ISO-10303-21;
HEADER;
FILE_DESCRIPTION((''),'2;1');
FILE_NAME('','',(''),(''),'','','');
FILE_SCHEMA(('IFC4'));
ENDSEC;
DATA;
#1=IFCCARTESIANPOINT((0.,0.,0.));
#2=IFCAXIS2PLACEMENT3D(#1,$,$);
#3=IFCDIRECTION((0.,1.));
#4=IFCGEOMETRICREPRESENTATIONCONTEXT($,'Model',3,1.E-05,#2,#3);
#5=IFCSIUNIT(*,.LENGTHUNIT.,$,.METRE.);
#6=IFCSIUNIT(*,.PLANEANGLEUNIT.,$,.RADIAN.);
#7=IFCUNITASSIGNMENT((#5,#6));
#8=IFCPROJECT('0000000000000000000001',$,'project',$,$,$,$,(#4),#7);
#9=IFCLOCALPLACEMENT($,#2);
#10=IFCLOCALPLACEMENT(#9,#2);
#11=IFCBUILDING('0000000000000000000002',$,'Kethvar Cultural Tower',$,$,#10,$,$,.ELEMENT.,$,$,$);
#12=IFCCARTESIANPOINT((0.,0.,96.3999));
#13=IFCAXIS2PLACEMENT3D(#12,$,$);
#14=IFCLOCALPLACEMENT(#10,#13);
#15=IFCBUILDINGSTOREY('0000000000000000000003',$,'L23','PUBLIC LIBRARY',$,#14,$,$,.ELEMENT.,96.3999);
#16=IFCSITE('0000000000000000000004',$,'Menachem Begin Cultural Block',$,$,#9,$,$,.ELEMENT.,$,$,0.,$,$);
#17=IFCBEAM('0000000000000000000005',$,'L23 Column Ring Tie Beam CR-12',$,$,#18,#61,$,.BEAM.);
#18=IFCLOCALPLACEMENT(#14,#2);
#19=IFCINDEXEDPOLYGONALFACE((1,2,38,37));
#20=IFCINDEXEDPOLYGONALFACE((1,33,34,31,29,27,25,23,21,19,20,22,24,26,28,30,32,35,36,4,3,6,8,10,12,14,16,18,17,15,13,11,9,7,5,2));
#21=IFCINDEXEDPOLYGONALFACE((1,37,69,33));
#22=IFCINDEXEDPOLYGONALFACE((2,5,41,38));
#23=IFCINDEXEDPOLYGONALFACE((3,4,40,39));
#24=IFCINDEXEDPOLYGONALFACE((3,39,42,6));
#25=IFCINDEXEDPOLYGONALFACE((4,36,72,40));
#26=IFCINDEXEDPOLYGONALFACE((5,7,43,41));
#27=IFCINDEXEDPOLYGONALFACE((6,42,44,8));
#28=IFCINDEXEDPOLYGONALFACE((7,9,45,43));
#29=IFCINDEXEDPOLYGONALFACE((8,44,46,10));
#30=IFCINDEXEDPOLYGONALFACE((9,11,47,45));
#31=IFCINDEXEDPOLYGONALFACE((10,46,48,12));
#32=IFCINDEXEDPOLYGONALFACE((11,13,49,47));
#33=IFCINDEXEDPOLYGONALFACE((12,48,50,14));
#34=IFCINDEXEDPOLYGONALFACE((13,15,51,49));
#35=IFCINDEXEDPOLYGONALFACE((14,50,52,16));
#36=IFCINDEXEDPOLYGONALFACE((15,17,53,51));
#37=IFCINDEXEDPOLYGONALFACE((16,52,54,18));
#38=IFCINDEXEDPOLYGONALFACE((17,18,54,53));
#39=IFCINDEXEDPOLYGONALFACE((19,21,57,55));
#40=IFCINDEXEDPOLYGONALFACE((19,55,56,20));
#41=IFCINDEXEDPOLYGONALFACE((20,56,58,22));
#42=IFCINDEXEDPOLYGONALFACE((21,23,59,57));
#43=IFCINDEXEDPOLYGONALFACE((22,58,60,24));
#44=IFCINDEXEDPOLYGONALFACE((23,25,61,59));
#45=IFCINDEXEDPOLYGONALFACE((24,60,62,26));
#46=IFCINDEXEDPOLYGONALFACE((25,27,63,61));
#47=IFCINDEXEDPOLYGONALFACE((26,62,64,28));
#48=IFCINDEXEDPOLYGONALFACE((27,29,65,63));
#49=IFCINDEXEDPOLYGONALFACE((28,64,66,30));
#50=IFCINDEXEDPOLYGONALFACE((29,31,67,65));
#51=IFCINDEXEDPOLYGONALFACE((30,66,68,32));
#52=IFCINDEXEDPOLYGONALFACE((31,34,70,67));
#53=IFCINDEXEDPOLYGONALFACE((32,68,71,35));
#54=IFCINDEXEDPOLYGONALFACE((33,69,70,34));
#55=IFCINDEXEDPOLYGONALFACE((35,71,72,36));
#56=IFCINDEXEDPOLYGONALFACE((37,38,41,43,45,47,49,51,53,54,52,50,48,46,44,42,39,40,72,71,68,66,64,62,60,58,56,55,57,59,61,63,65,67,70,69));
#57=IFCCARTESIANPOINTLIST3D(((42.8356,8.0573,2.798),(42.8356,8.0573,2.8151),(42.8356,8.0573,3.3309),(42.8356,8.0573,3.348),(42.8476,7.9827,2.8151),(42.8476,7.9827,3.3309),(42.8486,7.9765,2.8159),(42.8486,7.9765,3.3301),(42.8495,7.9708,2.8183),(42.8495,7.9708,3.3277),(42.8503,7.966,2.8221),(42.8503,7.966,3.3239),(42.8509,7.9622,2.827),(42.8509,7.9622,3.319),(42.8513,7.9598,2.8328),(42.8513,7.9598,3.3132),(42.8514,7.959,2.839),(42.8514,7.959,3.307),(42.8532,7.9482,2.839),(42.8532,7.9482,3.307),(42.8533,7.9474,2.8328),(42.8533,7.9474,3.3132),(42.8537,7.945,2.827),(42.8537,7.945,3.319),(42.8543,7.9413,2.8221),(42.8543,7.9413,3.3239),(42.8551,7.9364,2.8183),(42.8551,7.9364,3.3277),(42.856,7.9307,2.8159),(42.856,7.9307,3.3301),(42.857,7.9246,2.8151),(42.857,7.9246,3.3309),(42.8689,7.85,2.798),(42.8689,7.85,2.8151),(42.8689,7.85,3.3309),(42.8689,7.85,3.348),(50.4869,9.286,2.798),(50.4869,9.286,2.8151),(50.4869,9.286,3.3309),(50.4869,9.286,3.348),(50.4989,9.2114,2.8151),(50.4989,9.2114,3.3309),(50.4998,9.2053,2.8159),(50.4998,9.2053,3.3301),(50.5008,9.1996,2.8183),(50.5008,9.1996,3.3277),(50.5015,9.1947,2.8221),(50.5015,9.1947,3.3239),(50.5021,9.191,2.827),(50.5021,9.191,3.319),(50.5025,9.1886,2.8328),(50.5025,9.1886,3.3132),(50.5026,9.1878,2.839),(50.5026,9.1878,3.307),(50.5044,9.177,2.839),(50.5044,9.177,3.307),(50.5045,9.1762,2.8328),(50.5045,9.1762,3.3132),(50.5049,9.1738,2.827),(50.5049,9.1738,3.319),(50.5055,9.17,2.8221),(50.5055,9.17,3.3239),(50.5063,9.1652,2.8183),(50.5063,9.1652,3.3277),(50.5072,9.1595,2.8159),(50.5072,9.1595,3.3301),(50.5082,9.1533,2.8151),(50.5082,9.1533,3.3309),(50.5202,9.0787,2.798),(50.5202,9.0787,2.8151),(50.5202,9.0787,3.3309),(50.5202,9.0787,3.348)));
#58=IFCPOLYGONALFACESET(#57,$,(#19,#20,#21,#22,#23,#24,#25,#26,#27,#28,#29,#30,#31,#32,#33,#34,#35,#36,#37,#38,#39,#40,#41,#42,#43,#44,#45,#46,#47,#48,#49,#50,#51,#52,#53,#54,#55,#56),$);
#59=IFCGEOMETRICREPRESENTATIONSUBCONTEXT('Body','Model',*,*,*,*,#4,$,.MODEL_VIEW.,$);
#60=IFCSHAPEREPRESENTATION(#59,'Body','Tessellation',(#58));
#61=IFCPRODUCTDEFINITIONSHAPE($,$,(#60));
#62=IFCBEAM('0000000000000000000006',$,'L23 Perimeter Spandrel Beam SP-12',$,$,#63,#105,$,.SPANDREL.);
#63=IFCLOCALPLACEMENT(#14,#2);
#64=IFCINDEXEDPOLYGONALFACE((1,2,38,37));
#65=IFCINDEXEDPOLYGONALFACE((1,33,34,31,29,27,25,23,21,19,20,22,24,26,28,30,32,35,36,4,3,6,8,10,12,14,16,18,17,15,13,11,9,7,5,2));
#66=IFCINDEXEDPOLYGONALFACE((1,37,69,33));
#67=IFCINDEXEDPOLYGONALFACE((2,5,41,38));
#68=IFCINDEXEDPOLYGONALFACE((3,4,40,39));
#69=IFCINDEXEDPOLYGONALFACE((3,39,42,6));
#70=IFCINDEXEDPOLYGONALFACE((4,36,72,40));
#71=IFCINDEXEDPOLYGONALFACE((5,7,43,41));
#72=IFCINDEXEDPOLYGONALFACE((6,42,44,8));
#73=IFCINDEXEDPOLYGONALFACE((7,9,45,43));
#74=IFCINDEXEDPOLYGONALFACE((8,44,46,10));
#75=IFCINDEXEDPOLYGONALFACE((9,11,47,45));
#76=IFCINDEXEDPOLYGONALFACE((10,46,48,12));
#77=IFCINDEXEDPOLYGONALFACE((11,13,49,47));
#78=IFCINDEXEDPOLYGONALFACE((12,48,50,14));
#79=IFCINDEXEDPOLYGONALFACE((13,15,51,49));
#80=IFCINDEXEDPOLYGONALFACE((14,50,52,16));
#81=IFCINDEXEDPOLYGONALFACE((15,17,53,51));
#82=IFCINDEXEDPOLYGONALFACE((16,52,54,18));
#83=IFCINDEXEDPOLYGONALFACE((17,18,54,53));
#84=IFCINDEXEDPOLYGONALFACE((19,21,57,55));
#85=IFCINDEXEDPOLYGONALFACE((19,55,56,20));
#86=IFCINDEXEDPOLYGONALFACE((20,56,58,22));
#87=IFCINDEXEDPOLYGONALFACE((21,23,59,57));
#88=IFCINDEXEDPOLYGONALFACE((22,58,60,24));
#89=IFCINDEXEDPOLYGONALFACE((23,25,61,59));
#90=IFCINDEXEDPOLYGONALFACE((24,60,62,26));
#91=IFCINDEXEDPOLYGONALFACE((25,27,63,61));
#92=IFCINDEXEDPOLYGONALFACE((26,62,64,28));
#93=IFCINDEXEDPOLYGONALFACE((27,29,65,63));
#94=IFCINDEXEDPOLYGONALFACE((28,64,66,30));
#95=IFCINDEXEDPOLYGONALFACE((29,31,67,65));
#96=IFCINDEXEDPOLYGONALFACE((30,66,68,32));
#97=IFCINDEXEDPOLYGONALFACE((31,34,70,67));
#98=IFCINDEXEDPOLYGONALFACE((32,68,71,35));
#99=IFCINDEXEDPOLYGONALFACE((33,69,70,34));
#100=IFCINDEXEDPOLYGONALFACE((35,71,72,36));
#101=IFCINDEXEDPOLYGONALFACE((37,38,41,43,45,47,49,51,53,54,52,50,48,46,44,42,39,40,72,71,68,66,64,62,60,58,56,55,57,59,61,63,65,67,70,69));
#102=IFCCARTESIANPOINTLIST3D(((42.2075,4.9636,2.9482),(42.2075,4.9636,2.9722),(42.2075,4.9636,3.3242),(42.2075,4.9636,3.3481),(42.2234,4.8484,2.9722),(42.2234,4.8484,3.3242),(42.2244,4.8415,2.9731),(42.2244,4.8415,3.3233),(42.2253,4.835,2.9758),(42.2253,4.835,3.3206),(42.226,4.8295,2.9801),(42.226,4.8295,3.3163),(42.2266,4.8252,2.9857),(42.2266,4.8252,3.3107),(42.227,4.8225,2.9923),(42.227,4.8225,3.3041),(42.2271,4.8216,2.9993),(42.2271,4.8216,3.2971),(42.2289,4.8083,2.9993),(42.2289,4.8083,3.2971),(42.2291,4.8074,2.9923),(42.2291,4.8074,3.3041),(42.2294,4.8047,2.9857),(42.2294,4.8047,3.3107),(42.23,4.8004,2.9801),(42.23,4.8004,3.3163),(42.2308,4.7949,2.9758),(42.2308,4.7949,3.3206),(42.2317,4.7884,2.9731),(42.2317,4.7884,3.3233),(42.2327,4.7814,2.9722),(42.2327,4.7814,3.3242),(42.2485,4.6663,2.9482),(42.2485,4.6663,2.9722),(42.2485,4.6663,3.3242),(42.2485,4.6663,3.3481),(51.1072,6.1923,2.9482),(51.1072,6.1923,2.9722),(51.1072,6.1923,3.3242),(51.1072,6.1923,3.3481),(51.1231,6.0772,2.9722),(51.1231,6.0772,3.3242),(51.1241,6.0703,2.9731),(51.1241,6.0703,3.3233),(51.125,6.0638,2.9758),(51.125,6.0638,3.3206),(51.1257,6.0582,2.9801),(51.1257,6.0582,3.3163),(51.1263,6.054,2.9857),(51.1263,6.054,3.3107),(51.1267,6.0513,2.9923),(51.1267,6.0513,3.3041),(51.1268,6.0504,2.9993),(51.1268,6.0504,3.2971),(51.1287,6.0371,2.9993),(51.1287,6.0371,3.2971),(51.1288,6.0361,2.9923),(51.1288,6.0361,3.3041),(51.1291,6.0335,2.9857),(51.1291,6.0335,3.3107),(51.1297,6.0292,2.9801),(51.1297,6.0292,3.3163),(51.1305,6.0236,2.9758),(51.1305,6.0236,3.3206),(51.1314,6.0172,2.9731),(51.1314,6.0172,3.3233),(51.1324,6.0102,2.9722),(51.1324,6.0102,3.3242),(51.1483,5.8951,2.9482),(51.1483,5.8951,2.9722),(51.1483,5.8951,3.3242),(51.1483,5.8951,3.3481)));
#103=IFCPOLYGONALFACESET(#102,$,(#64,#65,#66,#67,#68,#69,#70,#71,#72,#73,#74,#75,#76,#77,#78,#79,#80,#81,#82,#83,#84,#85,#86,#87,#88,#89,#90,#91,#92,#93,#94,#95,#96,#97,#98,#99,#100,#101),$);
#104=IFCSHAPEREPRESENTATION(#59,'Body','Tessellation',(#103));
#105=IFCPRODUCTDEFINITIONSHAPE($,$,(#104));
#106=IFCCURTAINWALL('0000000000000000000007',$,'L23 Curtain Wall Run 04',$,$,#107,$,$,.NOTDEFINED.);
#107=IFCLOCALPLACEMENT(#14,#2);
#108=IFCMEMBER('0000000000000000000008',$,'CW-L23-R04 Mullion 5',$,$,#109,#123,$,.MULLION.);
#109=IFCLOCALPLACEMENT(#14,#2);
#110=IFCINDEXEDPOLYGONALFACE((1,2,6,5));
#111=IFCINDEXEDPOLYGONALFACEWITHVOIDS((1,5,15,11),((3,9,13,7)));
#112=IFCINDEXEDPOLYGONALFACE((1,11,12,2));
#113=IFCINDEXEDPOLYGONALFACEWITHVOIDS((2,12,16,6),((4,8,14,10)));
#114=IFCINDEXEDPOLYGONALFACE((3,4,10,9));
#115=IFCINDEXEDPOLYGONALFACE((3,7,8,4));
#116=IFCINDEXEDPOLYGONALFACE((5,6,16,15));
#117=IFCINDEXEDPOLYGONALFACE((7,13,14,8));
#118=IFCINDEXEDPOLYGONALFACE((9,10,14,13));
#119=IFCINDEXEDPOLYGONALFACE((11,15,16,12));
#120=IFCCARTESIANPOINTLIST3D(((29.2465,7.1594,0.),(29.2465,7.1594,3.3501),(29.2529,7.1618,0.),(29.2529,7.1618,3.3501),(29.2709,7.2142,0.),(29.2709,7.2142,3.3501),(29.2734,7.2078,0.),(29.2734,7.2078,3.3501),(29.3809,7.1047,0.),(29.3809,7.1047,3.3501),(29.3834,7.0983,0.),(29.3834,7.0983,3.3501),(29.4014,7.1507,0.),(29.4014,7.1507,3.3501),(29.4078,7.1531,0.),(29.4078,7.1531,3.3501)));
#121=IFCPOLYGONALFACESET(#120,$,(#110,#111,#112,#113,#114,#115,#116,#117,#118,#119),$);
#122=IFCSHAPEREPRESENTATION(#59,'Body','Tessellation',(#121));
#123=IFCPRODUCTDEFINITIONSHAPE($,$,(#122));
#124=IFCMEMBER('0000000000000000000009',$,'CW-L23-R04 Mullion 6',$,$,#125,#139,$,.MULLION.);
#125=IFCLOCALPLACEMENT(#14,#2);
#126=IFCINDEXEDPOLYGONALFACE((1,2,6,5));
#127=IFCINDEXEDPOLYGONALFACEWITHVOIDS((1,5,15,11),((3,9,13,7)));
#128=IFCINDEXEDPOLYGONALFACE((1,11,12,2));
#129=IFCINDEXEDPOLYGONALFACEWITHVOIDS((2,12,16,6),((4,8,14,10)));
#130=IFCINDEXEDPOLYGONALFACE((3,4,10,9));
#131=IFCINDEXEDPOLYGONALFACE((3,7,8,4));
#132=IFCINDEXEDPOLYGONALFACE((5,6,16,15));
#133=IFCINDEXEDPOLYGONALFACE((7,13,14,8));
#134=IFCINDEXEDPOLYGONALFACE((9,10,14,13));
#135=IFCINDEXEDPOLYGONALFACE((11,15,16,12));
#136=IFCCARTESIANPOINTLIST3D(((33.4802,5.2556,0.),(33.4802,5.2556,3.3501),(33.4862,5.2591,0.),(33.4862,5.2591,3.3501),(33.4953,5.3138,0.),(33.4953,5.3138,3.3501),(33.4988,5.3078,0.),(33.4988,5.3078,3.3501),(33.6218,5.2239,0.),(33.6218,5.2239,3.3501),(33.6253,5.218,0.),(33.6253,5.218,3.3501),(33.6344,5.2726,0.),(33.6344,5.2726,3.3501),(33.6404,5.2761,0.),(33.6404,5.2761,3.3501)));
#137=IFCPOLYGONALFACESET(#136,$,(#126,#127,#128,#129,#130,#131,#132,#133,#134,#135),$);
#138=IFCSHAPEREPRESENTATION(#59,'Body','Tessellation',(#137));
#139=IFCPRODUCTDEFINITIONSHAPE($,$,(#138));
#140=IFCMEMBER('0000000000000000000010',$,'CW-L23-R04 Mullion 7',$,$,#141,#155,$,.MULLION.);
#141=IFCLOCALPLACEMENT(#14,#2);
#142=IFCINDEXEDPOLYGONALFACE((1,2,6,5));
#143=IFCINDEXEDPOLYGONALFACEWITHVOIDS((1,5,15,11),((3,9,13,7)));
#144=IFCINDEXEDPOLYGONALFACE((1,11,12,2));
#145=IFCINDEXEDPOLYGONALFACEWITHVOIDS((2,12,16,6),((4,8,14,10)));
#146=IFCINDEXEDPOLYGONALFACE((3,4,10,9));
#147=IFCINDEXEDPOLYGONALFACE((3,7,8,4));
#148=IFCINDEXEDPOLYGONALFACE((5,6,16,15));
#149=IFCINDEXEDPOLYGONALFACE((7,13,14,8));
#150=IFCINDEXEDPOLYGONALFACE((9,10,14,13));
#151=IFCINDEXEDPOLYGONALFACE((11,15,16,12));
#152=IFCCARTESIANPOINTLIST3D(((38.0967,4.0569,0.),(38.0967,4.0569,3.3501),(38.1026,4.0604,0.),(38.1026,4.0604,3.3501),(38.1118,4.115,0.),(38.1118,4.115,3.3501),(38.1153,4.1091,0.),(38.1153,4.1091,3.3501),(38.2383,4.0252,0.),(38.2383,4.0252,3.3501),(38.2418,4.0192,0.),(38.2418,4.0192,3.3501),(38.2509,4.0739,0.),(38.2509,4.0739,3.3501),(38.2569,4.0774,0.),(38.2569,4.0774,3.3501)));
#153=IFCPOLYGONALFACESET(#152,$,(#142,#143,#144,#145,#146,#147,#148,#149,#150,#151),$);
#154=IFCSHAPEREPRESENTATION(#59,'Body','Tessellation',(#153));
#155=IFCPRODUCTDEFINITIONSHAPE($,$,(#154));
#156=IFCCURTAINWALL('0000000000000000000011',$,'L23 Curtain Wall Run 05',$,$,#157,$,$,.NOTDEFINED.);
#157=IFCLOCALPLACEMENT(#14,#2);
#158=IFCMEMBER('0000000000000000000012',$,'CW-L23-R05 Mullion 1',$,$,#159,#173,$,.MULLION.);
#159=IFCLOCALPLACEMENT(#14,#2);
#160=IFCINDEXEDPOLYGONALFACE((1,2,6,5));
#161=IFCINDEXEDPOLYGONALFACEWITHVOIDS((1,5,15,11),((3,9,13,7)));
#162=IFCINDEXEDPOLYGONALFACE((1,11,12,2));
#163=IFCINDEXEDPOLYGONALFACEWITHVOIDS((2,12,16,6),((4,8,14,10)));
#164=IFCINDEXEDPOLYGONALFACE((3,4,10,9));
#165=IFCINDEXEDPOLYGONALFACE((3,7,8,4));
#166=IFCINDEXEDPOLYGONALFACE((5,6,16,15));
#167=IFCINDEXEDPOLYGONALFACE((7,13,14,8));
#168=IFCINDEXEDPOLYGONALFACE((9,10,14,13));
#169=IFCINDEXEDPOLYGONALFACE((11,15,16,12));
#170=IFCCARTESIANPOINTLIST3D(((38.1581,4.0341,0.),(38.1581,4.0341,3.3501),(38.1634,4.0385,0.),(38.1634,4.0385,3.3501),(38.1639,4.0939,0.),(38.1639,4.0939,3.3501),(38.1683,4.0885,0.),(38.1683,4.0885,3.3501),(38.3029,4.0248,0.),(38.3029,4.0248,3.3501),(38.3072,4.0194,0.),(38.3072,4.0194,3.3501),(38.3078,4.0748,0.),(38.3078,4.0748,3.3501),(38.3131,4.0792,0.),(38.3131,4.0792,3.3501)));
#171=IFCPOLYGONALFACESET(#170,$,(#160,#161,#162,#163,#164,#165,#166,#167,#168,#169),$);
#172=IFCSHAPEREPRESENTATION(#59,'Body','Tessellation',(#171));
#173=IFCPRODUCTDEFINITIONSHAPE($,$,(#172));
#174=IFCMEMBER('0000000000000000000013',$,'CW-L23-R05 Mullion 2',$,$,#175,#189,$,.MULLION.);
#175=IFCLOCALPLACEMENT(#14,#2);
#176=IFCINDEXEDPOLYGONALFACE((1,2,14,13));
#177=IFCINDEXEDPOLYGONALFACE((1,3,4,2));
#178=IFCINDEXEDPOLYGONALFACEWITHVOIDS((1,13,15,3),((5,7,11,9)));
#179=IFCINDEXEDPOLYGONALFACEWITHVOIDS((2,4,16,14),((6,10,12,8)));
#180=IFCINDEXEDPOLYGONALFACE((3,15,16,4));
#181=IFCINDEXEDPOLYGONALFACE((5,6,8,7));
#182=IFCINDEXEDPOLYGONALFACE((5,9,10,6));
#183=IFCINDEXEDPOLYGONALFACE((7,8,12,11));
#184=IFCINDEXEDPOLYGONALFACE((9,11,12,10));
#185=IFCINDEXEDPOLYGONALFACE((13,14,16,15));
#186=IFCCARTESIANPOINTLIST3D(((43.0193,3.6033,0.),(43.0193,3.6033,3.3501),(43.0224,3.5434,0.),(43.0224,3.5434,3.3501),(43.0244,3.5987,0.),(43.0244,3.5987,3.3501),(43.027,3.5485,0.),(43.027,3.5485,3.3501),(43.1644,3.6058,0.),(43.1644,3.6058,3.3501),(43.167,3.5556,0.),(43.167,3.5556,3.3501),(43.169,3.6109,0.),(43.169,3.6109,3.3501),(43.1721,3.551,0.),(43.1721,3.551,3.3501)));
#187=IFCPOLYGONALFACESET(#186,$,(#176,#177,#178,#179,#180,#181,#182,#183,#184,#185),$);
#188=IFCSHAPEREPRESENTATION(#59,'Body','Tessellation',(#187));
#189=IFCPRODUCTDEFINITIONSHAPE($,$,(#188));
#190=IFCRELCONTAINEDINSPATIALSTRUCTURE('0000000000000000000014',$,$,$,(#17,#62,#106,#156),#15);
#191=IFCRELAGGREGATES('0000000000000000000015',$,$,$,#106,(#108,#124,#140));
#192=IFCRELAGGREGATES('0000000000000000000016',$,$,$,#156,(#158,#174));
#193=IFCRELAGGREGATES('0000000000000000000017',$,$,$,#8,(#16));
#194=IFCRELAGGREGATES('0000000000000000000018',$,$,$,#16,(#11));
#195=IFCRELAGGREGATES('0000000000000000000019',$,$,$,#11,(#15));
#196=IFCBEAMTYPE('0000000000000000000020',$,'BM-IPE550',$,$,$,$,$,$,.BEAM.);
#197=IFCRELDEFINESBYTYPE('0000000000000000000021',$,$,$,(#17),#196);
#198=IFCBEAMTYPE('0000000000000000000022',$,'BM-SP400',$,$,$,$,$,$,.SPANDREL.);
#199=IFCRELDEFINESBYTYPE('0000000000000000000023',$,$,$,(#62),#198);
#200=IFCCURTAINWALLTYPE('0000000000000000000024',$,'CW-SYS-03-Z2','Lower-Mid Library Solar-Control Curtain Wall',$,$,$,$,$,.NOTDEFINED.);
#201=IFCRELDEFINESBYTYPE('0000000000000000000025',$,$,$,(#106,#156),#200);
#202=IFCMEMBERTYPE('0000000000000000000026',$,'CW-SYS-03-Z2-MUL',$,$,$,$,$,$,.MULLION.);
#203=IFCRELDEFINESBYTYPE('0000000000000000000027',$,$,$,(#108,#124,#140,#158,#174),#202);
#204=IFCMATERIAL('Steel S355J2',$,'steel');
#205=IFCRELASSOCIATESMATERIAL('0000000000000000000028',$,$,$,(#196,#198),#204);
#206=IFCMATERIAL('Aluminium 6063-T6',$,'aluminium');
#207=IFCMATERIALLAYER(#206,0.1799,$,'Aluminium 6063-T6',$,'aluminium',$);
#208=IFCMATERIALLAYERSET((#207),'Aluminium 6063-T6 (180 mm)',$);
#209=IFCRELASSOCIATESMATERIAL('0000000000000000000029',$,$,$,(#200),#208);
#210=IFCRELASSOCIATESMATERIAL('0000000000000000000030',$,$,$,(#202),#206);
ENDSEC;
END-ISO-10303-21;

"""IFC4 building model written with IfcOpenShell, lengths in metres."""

from ifc_helpers import new_model, si_unit, direction, frame, origin, origin_2d, place, context, subcontext, project, spatial, hollow_rectangle, i_section, extrude, source, transform, mapped, material, layer, layer_set, material_profile, profile_set, type_object, element, aggregate, save


model = new_model("IFC4")

# Units and contexts
model_context = context("Model", 3, precision=1e-05, world=origin(), true_north=direction((0.0, 1.0)))
body_context = subcontext(model_context, "Body", "Model", "MODEL_VIEW")
ifc_project = project(units=[si_unit("LENGTHUNIT", "METRE"), si_unit("PLANEANGLEUNIT", "RADIAN")], contexts=[model_context])

# Site, building, storey
site_placement = place(None, origin())
site = spatial("IfcSite", under=ifc_project, at=site_placement, Name="Menachem Begin Cultural Block", CompositionType="ELEMENT", RefElevation=0.0)
building_placement = place(site_placement, origin())
building = spatial("IfcBuilding", under=site, at=building_placement, Name="Kethvar Cultural Tower", CompositionType="ELEMENT")
storey_placement = place(building_placement, frame((0.0, 0.0, 96.3999)))
storey = spatial("IfcBuildingStorey", under=building, at=storey_placement, Name="L23", Description="PUBLIC LIBRARY", CompositionType="ELEMENT", Elevation=96.3999)

# Beams
ifc_material_1 = material(Name="Steel S355J2", Category="steel")
ifc_material_profile_1 = material_profile(ifc_material_1, i_section(OverallWidth=0.21, OverallDepth=0.55, WebThickness=0.011, FlangeThickness=0.0171, FilletRadius=0.0239, at=origin_2d()), Name="Steel S355J2 — IPE550")
ifc_profile_set_1 = profile_set([ifc_material_profile_1], Name="Steel S355J2 — IPE550")
beam_type_1 = type_object("IfcBeamType", Name="BM-IPE550", PredefinedType="BEAM", material=ifc_profile_set_1)
ifc_material_profile_2 = material_profile(ifc_material_1, i_section(OverallWidth=0.3, OverallDepth=0.3999, WebThickness=0.0134, FlangeThickness=0.0239, FilletRadius=0.0271, at=origin_2d()), Name="Steel S355J2 — HEB400")
ifc_profile_set_2 = profile_set([ifc_material_profile_2], Name="Steel S355J2 — HEB400")
beam_type_2 = type_object("IfcBeamType", Name="BM-SP400", PredefinedType="SPANDREL", material=ifc_profile_set_2)
shared_shape_1 = source(origin(), body_context, "Body", "SweptSolid", [
    extrude(i_section(OverallWidth=0.21, OverallDepth=0.55, WebThickness=0.011, FlangeThickness=0.0171, FilletRadius=0.0239, at=origin_2d()), origin(), (0.0, 0.0, 1.0), 7.7493),
])
beam_1_placement = place(storey_placement, frame((42.8523, 7.9536, 3.073), z_axis=(0.987348, 0.158567, 0.0), x_axis=(-0.158567, 0.987348, 0.0)))
element("IfcBeam", 1, at=beam_1_placement, inside=storey, type_object=beam_type_1, Name="L23 Column Ring Tie Beam CR-12", PredefinedType="BEAM", context=body_context, shape_type="MappedRepresentation", body=[
    mapped(shared_shape_1, transform((0.0, 0.0, 0.0), scale=1.0)),
])
shared_shape_2 = source(origin(), body_context, "Body", "SweptSolid", [
    extrude(i_section(OverallWidth=0.3, OverallDepth=0.3999, WebThickness=0.0134, FlangeThickness=0.0239, FilletRadius=0.0271, at=origin_2d()), origin(), (0.0, 0.0, 1.0), 8.9841),
])
beam_2_placement = place(storey_placement, frame((42.228, 4.8149, 3.1482), z_axis=(0.990603, 0.136771, 0.0), x_axis=(-0.136771, 0.990603, 0.0)))
element("IfcBeam", 2, at=beam_2_placement, inside=storey, type_object=beam_type_2, Name="L23 Perimeter Spandrel Beam SP-12", PredefinedType="SPANDREL", context=body_context, shape_type="MappedRepresentation", body=[
    mapped(shared_shape_2, transform((0.0, 0.0, 0.0), scale=1.0)),
])

# Curtain walls, members
ifc_material_2 = material(Name="Aluminium 6063-T6", Category="aluminium")
ifc_layer_1 = layer(ifc_material_2, 0.1799, Name="Aluminium 6063-T6", Category="aluminium")
ifc_layer_set_1 = layer_set([ifc_layer_1], Name="Aluminium 6063-T6 (180 mm)")
curtain_wall_type = type_object("IfcCurtainWallType", Name="CW-SYS-03-Z2", Description="Lower-Mid Library Solar-Control Curtain Wall", PredefinedType="NOTDEFINED", material=ifc_layer_set_1)
curtain_wall_1_placement = place(storey_placement, origin())
curtain_wall_1 = element("IfcCurtainWall", 3, at=curtain_wall_1_placement, inside=storey, type_object=curtain_wall_type, Name="L23 Curtain Wall Run 04", PredefinedType="NOTDEFINED")
ifc_material_profile_3 = material_profile(ifc_material_2, hollow_rectangle(XDim=0.0601, YDim=0.1499, WallThickness=0.0049, at=origin_2d()), Name="Aluminium 6063-T6 — RHS150x60x5")
ifc_profile_set_3 = profile_set([ifc_material_profile_3], Name="Aluminium 6063-T6 — RHS150x60x5")
member_type_1 = type_object("IfcMemberType", Name="CW-SYS-03-Z2-MUL", PredefinedType="MULLION", material=ifc_profile_set_3)
shared_shape_3 = source(origin(), body_context, "Body", "SweptSolid", [
    extrude(hollow_rectangle(XDim=0.0601, YDim=0.1499, WallThickness=0.0049, at=origin_2d()), origin(), (0.0, 0.0, 1.0), 3.3501),
])
member_1_placement = place(storey_placement, frame((29.3271, 7.1562, 0.0), z_axis=(0.0, 0.0, 1.0), x_axis=(0.407454, 0.913226, 0.0)))
member_1 = element("IfcMember", 4, at=member_1_placement, type_object=member_type_1, Name="CW-L23-R04 Mullion 5", PredefinedType="MULLION", context=body_context, shape_type="MappedRepresentation", body=[
    mapped(shared_shape_3, transform((0.0, 0.0, 0.0), scale=1.0)),
])
member_2_placement = place(storey_placement, frame((33.5603, 5.2659, 0.0), z_axis=(0.0, 0.0, 1.0), x_axis=(0.251326, 0.967902, 0.0)))
member_2 = element("IfcMember", 5, at=member_2_placement, type_object=member_type_1, Name="CW-L23-R04 Mullion 6", PredefinedType="MULLION", context=body_context, shape_type="MappedRepresentation", body=[
    mapped(shared_shape_3, transform((0.0, 0.0, 0.0), scale=1.0)),
])
member_3_placement = place(storey_placement, frame((38.1768, 4.0671, 0.0), z_axis=(0.0, 0.0, 1.0), x_axis=(0.251326, 0.967902, 0.0)))
member_3 = element("IfcMember", 6, at=member_3_placement, type_object=member_type_1, Name="CW-L23-R04 Mullion 7", PredefinedType="MULLION", context=body_context, shape_type="MappedRepresentation", body=[
    mapped(shared_shape_3, transform((0.0, 0.0, 0.0), scale=1.0)),
])
curtain_wall_2_placement = place(storey_placement, origin())
curtain_wall_2 = element("IfcCurtainWall", 7, at=curtain_wall_2_placement, inside=storey, type_object=curtain_wall_type, Name="L23 Curtain Wall Run 05", PredefinedType="NOTDEFINED")
member_4_placement = place(storey_placement, frame((38.2356, 4.0566, 0.0), z_axis=(0.0, 0.0, 1.0), x_axis=(0.097948, 0.995192, 0.0)))
member_4 = element("IfcMember", 8, at=member_4_placement, type_object=member_type_1, Name="CW-L23-R05 Mullion 1", PredefinedType="MULLION", context=body_context, shape_type="MappedRepresentation", body=[
    mapped(shared_shape_3, transform((0.0, 0.0, 0.0), scale=1.0)),
])
member_5_placement = place(storey_placement, frame((43.0957, 3.5771, 0.0), z_axis=(0.0, 0.0, 1.0), x_axis=(-0.050785, 0.99871, 0.0)))
member_5 = element("IfcMember", 9, at=member_5_placement, type_object=member_type_1, Name="CW-L23-R05 Mullion 2", PredefinedType="MULLION", context=body_context, shape_type="MappedRepresentation", body=[
    mapped(shared_shape_3, transform((0.0, 0.0, 0.0), scale=1.0)),
])

aggregate(curtain_wall_1, [member_1, member_2, member_3])
aggregate(curtain_wall_2, [member_4, member_5])

save(model, "model.ifc")
